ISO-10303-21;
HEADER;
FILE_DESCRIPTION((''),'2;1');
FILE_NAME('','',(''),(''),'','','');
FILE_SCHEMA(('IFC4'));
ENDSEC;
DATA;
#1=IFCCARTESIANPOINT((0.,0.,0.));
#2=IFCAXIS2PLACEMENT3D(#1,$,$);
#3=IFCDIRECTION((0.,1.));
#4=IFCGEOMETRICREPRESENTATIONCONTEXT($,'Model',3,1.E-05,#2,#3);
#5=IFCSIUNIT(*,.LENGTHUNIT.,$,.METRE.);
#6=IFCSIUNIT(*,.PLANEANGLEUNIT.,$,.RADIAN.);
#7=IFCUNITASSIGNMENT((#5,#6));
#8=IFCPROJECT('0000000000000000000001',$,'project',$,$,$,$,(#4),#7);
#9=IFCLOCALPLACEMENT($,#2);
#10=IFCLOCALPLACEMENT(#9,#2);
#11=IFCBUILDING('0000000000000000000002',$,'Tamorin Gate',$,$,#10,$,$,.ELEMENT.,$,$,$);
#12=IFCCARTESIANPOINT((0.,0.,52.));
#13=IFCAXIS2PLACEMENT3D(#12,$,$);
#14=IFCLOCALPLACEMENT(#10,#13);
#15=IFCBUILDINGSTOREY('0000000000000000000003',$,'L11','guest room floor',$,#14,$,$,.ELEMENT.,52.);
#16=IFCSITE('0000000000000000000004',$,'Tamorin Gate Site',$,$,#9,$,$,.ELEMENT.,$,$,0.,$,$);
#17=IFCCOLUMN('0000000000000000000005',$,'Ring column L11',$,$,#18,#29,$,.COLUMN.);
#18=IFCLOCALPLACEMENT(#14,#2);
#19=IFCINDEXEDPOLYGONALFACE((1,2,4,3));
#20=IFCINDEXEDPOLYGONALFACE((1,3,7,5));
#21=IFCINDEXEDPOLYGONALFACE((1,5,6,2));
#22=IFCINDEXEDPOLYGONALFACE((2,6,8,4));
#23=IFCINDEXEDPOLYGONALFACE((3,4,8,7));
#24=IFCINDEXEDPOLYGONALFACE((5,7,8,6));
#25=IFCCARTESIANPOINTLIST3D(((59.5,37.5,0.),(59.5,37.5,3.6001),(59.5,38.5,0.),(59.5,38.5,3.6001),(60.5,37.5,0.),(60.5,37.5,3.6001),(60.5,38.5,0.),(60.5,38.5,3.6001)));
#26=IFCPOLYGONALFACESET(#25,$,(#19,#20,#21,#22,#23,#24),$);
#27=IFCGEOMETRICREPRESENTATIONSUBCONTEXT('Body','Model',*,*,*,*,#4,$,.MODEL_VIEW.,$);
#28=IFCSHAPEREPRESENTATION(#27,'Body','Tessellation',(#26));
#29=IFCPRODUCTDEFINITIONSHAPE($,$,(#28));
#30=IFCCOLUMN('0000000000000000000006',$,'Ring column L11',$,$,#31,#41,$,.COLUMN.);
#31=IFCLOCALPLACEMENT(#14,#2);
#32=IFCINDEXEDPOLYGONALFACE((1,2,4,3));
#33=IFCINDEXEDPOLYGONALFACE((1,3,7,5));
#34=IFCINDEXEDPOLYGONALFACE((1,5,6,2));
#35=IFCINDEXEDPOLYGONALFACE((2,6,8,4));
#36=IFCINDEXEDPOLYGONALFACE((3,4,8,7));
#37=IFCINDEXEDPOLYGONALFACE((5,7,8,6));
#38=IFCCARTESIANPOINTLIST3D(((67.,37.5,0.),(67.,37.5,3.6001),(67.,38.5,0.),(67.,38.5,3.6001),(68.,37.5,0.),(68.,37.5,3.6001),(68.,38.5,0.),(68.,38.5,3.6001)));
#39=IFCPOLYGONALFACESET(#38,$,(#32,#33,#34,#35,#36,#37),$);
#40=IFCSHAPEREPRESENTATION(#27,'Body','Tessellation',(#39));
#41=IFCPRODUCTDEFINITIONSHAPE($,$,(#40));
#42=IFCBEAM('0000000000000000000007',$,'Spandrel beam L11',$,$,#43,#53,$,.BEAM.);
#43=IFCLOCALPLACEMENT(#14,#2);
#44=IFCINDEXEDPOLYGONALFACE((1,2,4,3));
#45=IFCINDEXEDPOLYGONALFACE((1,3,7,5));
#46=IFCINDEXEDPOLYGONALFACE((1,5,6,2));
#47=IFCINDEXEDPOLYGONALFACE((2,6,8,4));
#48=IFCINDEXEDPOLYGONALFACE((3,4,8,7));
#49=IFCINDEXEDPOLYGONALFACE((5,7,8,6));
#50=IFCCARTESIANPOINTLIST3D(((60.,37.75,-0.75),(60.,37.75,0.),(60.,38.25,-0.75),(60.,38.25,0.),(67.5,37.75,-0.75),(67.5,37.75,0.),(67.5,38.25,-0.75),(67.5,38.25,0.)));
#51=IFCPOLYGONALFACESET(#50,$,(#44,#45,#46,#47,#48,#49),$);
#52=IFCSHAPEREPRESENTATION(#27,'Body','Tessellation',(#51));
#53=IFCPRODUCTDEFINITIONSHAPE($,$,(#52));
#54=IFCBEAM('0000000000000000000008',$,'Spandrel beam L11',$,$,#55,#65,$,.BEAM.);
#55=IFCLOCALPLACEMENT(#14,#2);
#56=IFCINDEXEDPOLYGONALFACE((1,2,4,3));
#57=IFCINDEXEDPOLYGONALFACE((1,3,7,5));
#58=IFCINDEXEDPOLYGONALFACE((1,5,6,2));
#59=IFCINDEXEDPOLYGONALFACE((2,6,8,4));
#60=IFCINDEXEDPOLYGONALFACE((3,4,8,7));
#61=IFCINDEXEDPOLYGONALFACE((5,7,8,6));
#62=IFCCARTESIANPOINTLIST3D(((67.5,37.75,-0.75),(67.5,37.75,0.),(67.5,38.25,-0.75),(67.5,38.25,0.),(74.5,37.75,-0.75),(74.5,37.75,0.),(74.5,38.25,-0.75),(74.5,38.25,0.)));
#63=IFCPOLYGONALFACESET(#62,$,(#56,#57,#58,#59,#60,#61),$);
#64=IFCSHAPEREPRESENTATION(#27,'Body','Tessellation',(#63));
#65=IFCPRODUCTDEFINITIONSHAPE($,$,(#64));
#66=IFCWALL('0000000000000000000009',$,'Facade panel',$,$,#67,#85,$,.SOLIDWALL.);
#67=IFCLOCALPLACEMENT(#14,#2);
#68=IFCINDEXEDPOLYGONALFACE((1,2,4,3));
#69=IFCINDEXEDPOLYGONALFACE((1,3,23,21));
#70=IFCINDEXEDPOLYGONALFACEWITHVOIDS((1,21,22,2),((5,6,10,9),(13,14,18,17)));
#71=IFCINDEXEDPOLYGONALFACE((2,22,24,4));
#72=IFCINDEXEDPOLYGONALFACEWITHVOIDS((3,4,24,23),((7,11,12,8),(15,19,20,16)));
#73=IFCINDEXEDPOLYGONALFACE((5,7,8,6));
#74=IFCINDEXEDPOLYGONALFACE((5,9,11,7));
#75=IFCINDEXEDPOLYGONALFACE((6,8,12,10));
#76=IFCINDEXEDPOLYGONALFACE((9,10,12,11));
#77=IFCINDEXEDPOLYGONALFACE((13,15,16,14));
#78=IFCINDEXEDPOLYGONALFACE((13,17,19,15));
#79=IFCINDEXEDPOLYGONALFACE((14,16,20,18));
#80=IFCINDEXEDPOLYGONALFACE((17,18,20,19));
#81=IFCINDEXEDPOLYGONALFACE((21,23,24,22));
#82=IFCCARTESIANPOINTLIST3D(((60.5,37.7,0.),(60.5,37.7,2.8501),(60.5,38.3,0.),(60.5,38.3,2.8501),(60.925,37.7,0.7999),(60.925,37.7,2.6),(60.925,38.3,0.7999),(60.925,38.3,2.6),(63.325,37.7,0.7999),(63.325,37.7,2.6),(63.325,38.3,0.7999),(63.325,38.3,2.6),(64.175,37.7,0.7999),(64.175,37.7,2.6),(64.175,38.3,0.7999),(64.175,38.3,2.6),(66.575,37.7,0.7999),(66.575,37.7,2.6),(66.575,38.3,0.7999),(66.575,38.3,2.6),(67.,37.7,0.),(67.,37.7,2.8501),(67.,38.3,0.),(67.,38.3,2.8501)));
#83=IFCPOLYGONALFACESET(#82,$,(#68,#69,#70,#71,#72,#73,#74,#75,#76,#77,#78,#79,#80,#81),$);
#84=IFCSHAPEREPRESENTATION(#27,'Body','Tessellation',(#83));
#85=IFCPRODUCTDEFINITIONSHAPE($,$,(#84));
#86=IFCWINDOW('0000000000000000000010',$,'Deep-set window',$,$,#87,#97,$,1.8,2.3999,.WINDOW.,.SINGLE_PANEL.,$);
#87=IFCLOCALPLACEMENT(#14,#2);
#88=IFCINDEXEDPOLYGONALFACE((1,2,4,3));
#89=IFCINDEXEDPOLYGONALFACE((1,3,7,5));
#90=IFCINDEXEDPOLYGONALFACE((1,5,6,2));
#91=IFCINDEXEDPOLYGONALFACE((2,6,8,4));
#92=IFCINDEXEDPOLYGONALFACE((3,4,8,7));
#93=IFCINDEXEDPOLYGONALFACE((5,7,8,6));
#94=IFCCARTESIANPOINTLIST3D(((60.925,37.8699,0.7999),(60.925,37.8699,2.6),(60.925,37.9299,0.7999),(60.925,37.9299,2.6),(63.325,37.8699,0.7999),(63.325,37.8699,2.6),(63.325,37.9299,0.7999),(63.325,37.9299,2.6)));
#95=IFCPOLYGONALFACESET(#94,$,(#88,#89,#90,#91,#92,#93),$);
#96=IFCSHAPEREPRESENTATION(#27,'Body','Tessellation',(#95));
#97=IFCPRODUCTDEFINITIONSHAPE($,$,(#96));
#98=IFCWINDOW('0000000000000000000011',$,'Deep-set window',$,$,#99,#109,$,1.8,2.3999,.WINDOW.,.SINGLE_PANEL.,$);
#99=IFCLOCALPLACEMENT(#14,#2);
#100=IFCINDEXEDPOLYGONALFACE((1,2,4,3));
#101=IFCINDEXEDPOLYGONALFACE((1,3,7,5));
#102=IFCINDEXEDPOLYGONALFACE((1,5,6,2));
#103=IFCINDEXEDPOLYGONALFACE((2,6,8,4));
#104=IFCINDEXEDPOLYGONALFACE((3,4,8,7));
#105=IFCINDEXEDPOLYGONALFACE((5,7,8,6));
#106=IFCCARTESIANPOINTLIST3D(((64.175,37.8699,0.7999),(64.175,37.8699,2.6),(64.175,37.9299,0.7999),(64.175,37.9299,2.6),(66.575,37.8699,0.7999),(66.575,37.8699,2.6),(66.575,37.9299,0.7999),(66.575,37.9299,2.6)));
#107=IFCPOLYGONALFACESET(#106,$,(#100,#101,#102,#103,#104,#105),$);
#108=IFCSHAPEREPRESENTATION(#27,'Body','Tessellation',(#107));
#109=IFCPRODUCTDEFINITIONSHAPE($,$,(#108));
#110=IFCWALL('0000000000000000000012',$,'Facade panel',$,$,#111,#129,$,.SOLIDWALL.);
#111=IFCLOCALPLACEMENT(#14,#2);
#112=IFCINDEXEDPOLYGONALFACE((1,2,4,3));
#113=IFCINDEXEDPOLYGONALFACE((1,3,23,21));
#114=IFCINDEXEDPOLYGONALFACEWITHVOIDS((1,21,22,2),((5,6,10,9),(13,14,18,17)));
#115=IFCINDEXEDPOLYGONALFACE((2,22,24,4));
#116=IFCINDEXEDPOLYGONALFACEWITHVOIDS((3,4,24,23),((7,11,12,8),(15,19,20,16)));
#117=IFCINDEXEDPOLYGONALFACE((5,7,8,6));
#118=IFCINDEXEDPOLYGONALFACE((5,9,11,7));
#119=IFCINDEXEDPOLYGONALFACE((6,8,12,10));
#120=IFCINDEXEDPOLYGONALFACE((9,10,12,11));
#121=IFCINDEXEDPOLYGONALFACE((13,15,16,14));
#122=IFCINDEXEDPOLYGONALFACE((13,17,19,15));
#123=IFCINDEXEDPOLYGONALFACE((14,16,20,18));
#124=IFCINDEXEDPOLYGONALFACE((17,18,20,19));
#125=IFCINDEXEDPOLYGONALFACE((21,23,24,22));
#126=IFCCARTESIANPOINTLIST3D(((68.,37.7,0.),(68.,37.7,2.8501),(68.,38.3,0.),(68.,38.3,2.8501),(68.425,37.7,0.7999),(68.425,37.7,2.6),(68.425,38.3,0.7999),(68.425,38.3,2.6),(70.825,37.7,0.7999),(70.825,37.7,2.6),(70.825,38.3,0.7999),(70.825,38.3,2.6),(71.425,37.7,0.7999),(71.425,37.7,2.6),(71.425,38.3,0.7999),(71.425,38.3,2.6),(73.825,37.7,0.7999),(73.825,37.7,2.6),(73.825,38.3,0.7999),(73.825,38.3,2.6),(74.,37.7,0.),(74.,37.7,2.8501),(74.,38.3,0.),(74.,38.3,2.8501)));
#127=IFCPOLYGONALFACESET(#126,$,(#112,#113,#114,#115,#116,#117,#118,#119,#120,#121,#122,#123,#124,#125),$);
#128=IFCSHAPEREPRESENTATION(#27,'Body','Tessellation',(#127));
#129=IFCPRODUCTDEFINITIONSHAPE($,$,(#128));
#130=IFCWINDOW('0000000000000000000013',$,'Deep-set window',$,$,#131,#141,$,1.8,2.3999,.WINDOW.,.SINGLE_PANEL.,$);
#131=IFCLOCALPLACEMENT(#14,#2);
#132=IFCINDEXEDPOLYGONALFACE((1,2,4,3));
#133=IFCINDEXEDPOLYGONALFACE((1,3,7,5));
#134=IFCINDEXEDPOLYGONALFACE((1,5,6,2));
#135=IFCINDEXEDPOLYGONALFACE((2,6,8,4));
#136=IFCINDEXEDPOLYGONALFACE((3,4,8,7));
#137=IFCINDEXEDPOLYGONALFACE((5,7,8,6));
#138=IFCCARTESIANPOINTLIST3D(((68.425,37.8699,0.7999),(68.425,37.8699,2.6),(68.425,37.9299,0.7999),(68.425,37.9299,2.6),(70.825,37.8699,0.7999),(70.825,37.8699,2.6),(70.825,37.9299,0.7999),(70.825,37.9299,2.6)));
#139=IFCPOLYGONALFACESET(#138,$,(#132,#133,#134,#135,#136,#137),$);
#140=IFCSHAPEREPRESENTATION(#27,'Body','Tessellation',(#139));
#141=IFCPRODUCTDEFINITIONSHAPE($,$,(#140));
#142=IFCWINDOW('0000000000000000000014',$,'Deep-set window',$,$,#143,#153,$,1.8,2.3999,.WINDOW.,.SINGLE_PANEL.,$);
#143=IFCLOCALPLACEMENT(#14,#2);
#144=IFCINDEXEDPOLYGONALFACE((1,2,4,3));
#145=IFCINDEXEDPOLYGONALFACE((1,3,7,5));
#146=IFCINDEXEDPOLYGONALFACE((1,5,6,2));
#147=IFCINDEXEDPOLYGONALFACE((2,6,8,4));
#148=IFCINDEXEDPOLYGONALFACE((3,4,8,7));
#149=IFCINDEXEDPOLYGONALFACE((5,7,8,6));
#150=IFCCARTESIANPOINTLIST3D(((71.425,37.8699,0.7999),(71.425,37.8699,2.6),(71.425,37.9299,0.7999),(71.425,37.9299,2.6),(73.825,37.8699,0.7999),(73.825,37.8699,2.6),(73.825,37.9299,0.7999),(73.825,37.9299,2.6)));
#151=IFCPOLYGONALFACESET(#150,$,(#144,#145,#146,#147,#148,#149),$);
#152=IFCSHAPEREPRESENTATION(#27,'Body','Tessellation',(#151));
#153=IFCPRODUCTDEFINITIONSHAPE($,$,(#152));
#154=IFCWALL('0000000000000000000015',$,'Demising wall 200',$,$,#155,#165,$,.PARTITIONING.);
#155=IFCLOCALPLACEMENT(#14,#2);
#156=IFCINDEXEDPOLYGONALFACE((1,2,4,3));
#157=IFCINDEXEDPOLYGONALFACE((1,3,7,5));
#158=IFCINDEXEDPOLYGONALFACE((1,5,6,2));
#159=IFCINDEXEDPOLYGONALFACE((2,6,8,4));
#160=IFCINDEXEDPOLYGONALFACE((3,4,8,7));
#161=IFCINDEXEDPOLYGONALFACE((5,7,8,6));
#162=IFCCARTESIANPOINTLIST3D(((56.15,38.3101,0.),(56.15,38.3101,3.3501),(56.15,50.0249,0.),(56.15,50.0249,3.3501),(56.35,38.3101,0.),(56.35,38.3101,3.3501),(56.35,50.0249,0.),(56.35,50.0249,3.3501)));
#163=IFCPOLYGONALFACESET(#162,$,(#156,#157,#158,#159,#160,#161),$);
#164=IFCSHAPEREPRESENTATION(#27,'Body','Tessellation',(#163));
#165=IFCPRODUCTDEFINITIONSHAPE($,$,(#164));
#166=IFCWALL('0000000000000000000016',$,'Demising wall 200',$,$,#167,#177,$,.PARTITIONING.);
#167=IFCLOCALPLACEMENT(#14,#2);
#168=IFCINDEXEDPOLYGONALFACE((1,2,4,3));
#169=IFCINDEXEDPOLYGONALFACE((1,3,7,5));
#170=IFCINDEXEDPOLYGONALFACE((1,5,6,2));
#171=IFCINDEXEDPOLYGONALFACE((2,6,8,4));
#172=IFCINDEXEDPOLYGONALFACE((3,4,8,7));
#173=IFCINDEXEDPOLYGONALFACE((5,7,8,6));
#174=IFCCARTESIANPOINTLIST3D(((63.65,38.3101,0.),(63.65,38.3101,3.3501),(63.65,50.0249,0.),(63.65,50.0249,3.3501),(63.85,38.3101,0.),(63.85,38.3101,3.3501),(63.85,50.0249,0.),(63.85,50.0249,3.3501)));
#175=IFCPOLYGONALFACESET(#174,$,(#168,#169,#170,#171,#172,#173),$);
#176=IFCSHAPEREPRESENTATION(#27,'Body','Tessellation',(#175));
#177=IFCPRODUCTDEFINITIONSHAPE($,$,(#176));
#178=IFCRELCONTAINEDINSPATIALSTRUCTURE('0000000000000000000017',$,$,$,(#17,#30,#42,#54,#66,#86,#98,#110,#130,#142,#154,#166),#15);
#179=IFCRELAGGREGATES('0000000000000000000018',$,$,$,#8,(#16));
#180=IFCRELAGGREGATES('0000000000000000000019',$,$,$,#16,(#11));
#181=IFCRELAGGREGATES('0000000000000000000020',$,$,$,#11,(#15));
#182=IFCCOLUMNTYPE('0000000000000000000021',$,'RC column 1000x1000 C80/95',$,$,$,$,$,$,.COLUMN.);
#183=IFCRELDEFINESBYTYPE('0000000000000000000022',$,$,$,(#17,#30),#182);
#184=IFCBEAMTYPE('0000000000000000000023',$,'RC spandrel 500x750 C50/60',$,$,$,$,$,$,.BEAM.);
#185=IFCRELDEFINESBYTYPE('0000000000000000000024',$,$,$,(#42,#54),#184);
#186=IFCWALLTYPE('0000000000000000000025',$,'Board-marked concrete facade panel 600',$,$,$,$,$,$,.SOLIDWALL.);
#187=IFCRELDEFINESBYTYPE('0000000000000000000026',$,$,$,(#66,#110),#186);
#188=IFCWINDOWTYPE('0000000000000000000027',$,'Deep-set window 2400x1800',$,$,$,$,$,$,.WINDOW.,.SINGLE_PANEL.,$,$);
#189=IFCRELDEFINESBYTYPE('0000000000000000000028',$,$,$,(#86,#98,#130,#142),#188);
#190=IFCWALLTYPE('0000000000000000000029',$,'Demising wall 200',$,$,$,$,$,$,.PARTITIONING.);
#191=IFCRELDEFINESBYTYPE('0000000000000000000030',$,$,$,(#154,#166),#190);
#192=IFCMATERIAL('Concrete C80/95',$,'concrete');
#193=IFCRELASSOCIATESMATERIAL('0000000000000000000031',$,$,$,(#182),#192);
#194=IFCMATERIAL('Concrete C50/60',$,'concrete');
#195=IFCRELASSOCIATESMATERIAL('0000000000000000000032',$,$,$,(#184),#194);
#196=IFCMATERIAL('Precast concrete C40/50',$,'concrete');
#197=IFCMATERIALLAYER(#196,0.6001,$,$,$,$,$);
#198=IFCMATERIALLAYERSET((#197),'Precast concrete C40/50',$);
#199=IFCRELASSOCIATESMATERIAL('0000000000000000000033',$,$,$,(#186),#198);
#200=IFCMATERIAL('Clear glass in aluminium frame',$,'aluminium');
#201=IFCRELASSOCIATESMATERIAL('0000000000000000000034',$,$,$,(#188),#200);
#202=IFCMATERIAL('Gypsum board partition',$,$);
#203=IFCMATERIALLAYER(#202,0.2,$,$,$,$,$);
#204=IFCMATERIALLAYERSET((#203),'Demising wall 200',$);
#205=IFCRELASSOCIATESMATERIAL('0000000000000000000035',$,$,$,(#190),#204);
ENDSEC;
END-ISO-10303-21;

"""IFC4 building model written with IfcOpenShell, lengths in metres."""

from ifc_helpers import new_model, si_unit, direction, frame, frame_2d, origin, origin_2d, place, context, subcontext, project, spatial, rectangle, extrude, material, layer, layer_set, material_profile, profile_set, type_object, element, fill, save


model = new_model("IFC4")

# Units and contexts
model_context = context("Model", 3, precision=1e-05, world=origin(), true_north=direction((0.0, 1.0)))
body_context = subcontext(model_context, "Body", "Model", "MODEL_VIEW")
ifc_project = project(units=[si_unit("LENGTHUNIT", "METRE"), si_unit("PLANEANGLEUNIT", "RADIAN")], contexts=[model_context])

# Site, building, storey
site_placement = place(None, origin())
site = spatial("IfcSite", under=ifc_project, at=site_placement, Name="Tamorin Gate Site", CompositionType="ELEMENT", RefElevation=0.0)
building_placement = place(site_placement, origin())
building = spatial("IfcBuilding", under=site, at=building_placement, Name="Tamorin Gate", CompositionType="ELEMENT")
storey_placement = place(building_placement, frame((0.0, 0.0, 52.0)))
storey = spatial("IfcBuildingStorey", under=building, at=storey_placement, Name="L11", Description="guest room floor", CompositionType="ELEMENT", Elevation=52.0)

# Columns
ifc_material_1 = material(Name="Concrete C80/95", Category="concrete")
ifc_material_profile_1 = material_profile(ifc_material_1, rectangle(XDim=1.0, YDim=1.0, at=origin_2d()), Name="RC 1000x1000")
ifc_profile_set_1 = profile_set([ifc_material_profile_1], Name="Concrete C80/95")
column_type = type_object("IfcColumnType", Name="RC column 1000x1000 C80/95", PredefinedType="COLUMN", material=ifc_profile_set_1)
for number, where, z_axis, x_axis, name in (
    (1, (60.0, 38.0, 0.0), (0.0, 0.0, 1.0), (1.0, 0.0, 0.0), "Ring column L11"),
    (2, (67.5, 38.0, 0.0), (0.0, 0.0, 1.0), (1.0, 0.0, 0.0), "Ring column L11"),
):
    element("IfcColumn", number, at=place(storey_placement, frame(where, z_axis=z_axis, x_axis=x_axis)), inside=storey, type_object=column_type, Name=name, PredefinedType="COLUMN", context=body_context, shape_type="SweptSolid", body=[
        extrude(rectangle(XDim=1.0, YDim=1.0, at=origin_2d()), origin(), (0.0, 0.0, 1.0), 3.6001),
    ])

# Beams
ifc_material_2 = material(Name="Concrete C50/60", Category="concrete")
ifc_material_profile_2 = material_profile(ifc_material_2, rectangle(XDim=0.5, YDim=0.75, at=origin_2d()), Name="RC 500x750")
ifc_profile_set_2 = profile_set([ifc_material_profile_2], Name="Concrete C50/60")
beam_type = type_object("IfcBeamType", Name="RC spandrel 500x750 C50/60", PredefinedType="BEAM", material=ifc_profile_set_2)
beam_1_placement = place(storey_placement, frame((60.0, 38.0, -0.375), z_axis=(1.0, 0.0, 0.0), x_axis=(0.0, 1.0, 0.0)))
element("IfcBeam", 3, at=beam_1_placement, inside=storey, type_object=beam_type, Name="Spandrel beam L11", PredefinedType="BEAM", context=body_context, shape_type="SweptSolid", body=[
    extrude(rectangle(XDim=0.5, YDim=0.75, at=origin_2d()), origin(), (0.0, 0.0, 1.0), 7.5),
])
beam_2_placement = place(storey_placement, frame((67.5, 38.0, -0.375), z_axis=(1.0, 0.0, 0.0), x_axis=(0.0, 1.0, 0.0)))
element("IfcBeam", 4, at=beam_2_placement, inside=storey, type_object=beam_type, Name="Spandrel beam L11", PredefinedType="BEAM", context=body_context, shape_type="SweptSolid", body=[
    extrude(rectangle(XDim=0.5, YDim=0.75, at=origin_2d()), origin(), (0.0, 0.0, 1.0), 7.0),
])

# Walls, openings, windows
ifc_material_3 = material(Name="Precast concrete C40/50", Category="concrete")
ifc_layer_1 = layer(ifc_material_3, 0.6001)
ifc_layer_set_1 = layer_set([ifc_layer_1], Name="Precast concrete C40/50")
wall_type_1 = type_object("IfcWallType", Name="Board-marked concrete facade panel 600", PredefinedType="SOLIDWALL", material=ifc_layer_set_1)
wall_1_placement = place(storey_placement, frame((60.5, 38.0, 0.0), z_axis=(0.0, 0.0, 1.0), x_axis=(1.0, 0.0, 0.0)))
wall_1 = element("IfcWall", 5, at=wall_1_placement, inside=storey, type_object=wall_type_1, Name="Facade panel", PredefinedType="SOLIDWALL", context=body_context, shape_type="SweptSolid", body=[
    extrude(rectangle(XDim=6.5, YDim=0.6001, at=frame_2d((3.25, 0.0))), origin(), (0.0, 0.0, 1.0), 2.8501),
])
opening_1_placement = place(wall_1_placement, frame((0.425, 0.0, 0.8)))
opening_1 = element("IfcOpeningElement", 6, at=opening_1_placement, cuts=wall_1, PredefinedType="OPENING", context=body_context, shape_type="SweptSolid", body=[
    extrude(rectangle(XDim=2.3999, YDim=1.8, at=frame_2d((1.2, 0.8999))), frame((0.0, 0.3101, 0.0), z_axis=(0.0, -1.0, 0.0), x_axis=(1.0, 0.0, 0.0)), (0.0, 0.0, 1.0), 0.6201),
])
opening_2_placement = place(wall_1_placement, frame((3.675, 0.0, 0.8)))
opening_2 = element("IfcOpeningElement", 7, at=opening_2_placement, cuts=wall_1, PredefinedType="OPENING", context=body_context, shape_type="SweptSolid", body=[
    extrude(rectangle(XDim=2.3999, YDim=1.8, at=frame_2d((1.2, 0.8999))), frame((0.0, 0.3101, 0.0), z_axis=(0.0, -1.0, 0.0), x_axis=(1.0, 0.0, 0.0)), (0.0, 0.0, 1.0), 0.6201),
])
ifc_material_4 = material(Name="Clear glass in aluminium frame", Category="aluminium")
window_type = type_object("IfcWindowType", Name="Deep-set window 2400x1800", PartitioningType="SINGLE_PANEL", PredefinedType="WINDOW", material=ifc_material_4)
window_1_placement = place(opening_1_placement, origin())
window_1 = element("IfcWindow", 8, at=window_1_placement, inside=storey, type_object=window_type, Name="Deep-set window", OverallHeight=1.8, OverallWidth=2.3999, PartitioningType="SINGLE_PANEL", PredefinedType="WINDOW", context=body_context, shape_type="SweptSolid", body=[
    extrude(rectangle(XDim=2.3999, YDim=1.8, at=frame_2d((1.2, 0.8999))), frame((0.0, -0.0701, 0.0), z_axis=(0.0, -1.0, 0.0), x_axis=(1.0, 0.0, 0.0)), (0.0, 0.0, 1.0), 0.0601),
])
fill(opening_1, window_1)
window_2_placement = place(opening_2_placement, origin())
window_2 = element("IfcWindow", 9, at=window_2_placement, inside=storey, type_object=window_type, Name="Deep-set window", OverallHeight=1.8, OverallWidth=2.3999, PartitioningType="SINGLE_PANEL", PredefinedType="WINDOW", context=body_context, shape_type="SweptSolid", body=[
    extrude(rectangle(XDim=2.3999, YDim=1.8, at=frame_2d((1.2, 0.8999))), frame((0.0, -0.0701, 0.0), z_axis=(0.0, -1.0, 0.0), x_axis=(1.0, 0.0, 0.0)), (0.0, 0.0, 1.0), 0.0601),
])
fill(opening_2, window_2)
wall_2_placement = place(storey_placement, frame((68.0, 38.0, 0.0), z_axis=(0.0, 0.0, 1.0), x_axis=(1.0, 0.0, 0.0)))
wall_2 = element("IfcWall", 10, at=wall_2_placement, inside=storey, type_object=wall_type_1, Name="Facade panel", PredefinedType="SOLIDWALL", context=body_context, shape_type="SweptSolid", body=[
    extrude(rectangle(XDim=6.0, YDim=0.6001, at=frame_2d((3.0, 0.0))), origin(), (0.0, 0.0, 1.0), 2.8501),
])
opening_3_placement = place(wall_2_placement, frame((0.425, 0.0, 0.8)))
opening_3 = element("IfcOpeningElement", 11, at=opening_3_placement, cuts=wall_2, PredefinedType="OPENING", context=body_context, shape_type="SweptSolid", body=[
    extrude(rectangle(XDim=2.3999, YDim=1.8, at=frame_2d((1.2, 0.8999))), frame((0.0, 0.3101, 0.0), z_axis=(0.0, -1.0, 0.0), x_axis=(1.0, 0.0, 0.0)), (0.0, 0.0, 1.0), 0.6201),
])
opening_4_placement = place(wall_2_placement, frame((3.425, 0.0, 0.8)))
opening_4 = element("IfcOpeningElement", 12, at=opening_4_placement, cuts=wall_2, PredefinedType="OPENING", context=body_context, shape_type="SweptSolid", body=[
    extrude(rectangle(XDim=2.3999, YDim=1.8, at=frame_2d((1.2, 0.8999))), frame((0.0, 0.3101, 0.0), z_axis=(0.0, -1.0, 0.0), x_axis=(1.0, 0.0, 0.0)), (0.0, 0.0, 1.0), 0.6201),
])
window_3_placement = place(opening_3_placement, origin())
window_3 = element("IfcWindow", 13, at=window_3_placement, inside=storey, type_object=window_type, Name="Deep-set window", OverallHeight=1.8, OverallWidth=2.3999, PartitioningType="SINGLE_PANEL", PredefinedType="WINDOW", context=body_context, shape_type="SweptSolid", body=[
    extrude(rectangle(XDim=2.3999, YDim=1.8, at=frame_2d((1.2, 0.8999))), frame((0.0, -0.0701, 0.0), z_axis=(0.0, -1.0, 0.0), x_axis=(1.0, 0.0, 0.0)), (0.0, 0.0, 1.0), 0.0601),
])
fill(opening_3, window_3)
window_4_placement = place(opening_4_placement, origin())
window_4 = element("IfcWindow", 14, at=window_4_placement, inside=storey, type_object=window_type, Name="Deep-set window", OverallHeight=1.8, OverallWidth=2.3999, PartitioningType="SINGLE_PANEL", PredefinedType="WINDOW", context=body_context, shape_type="SweptSolid", body=[
    extrude(rectangle(XDim=2.3999, YDim=1.8, at=frame_2d((1.2, 0.8999))), frame((0.0, -0.0701, 0.0), z_axis=(0.0, -1.0, 0.0), x_axis=(1.0, 0.0, 0.0)), (0.0, 0.0, 1.0), 0.0601),
])
fill(opening_4, window_4)

# Walls
ifc_material_5 = material(Name="Gypsum board partition")
ifc_layer_2 = layer(ifc_material_5, 0.2)
ifc_layer_set_2 = layer_set([ifc_layer_2], Name="Demising wall 200")
wall_type_2 = type_object("IfcWallType", Name="Demising wall 200", PredefinedType="PARTITIONING", material=ifc_layer_set_2)
for number, where, z_axis, x_axis, name in (
    (15, (56.25, 38.3101, 0.0), (0.0, 0.0, 1.0), (0.0, 1.0, 0.0), "Demising wall 200"),
    (16, (63.75, 38.3101, 0.0), (0.0, 0.0, 1.0), (0.0, 1.0, 0.0), "Demising wall 200"),
):
    element("IfcWall", number, at=place(storey_placement, frame(where, z_axis=z_axis, x_axis=x_axis)), inside=storey, type_object=wall_type_2, Name=name, PredefinedType="PARTITIONING", context=body_context, shape_type="SweptSolid", body=[
        extrude(rectangle(XDim=11.7148, YDim=0.2, at=frame_2d((5.8574, 0.0))), origin(), (0.0, 0.0, 1.0), 3.3501),
    ])

save(model, "model.ifc")
